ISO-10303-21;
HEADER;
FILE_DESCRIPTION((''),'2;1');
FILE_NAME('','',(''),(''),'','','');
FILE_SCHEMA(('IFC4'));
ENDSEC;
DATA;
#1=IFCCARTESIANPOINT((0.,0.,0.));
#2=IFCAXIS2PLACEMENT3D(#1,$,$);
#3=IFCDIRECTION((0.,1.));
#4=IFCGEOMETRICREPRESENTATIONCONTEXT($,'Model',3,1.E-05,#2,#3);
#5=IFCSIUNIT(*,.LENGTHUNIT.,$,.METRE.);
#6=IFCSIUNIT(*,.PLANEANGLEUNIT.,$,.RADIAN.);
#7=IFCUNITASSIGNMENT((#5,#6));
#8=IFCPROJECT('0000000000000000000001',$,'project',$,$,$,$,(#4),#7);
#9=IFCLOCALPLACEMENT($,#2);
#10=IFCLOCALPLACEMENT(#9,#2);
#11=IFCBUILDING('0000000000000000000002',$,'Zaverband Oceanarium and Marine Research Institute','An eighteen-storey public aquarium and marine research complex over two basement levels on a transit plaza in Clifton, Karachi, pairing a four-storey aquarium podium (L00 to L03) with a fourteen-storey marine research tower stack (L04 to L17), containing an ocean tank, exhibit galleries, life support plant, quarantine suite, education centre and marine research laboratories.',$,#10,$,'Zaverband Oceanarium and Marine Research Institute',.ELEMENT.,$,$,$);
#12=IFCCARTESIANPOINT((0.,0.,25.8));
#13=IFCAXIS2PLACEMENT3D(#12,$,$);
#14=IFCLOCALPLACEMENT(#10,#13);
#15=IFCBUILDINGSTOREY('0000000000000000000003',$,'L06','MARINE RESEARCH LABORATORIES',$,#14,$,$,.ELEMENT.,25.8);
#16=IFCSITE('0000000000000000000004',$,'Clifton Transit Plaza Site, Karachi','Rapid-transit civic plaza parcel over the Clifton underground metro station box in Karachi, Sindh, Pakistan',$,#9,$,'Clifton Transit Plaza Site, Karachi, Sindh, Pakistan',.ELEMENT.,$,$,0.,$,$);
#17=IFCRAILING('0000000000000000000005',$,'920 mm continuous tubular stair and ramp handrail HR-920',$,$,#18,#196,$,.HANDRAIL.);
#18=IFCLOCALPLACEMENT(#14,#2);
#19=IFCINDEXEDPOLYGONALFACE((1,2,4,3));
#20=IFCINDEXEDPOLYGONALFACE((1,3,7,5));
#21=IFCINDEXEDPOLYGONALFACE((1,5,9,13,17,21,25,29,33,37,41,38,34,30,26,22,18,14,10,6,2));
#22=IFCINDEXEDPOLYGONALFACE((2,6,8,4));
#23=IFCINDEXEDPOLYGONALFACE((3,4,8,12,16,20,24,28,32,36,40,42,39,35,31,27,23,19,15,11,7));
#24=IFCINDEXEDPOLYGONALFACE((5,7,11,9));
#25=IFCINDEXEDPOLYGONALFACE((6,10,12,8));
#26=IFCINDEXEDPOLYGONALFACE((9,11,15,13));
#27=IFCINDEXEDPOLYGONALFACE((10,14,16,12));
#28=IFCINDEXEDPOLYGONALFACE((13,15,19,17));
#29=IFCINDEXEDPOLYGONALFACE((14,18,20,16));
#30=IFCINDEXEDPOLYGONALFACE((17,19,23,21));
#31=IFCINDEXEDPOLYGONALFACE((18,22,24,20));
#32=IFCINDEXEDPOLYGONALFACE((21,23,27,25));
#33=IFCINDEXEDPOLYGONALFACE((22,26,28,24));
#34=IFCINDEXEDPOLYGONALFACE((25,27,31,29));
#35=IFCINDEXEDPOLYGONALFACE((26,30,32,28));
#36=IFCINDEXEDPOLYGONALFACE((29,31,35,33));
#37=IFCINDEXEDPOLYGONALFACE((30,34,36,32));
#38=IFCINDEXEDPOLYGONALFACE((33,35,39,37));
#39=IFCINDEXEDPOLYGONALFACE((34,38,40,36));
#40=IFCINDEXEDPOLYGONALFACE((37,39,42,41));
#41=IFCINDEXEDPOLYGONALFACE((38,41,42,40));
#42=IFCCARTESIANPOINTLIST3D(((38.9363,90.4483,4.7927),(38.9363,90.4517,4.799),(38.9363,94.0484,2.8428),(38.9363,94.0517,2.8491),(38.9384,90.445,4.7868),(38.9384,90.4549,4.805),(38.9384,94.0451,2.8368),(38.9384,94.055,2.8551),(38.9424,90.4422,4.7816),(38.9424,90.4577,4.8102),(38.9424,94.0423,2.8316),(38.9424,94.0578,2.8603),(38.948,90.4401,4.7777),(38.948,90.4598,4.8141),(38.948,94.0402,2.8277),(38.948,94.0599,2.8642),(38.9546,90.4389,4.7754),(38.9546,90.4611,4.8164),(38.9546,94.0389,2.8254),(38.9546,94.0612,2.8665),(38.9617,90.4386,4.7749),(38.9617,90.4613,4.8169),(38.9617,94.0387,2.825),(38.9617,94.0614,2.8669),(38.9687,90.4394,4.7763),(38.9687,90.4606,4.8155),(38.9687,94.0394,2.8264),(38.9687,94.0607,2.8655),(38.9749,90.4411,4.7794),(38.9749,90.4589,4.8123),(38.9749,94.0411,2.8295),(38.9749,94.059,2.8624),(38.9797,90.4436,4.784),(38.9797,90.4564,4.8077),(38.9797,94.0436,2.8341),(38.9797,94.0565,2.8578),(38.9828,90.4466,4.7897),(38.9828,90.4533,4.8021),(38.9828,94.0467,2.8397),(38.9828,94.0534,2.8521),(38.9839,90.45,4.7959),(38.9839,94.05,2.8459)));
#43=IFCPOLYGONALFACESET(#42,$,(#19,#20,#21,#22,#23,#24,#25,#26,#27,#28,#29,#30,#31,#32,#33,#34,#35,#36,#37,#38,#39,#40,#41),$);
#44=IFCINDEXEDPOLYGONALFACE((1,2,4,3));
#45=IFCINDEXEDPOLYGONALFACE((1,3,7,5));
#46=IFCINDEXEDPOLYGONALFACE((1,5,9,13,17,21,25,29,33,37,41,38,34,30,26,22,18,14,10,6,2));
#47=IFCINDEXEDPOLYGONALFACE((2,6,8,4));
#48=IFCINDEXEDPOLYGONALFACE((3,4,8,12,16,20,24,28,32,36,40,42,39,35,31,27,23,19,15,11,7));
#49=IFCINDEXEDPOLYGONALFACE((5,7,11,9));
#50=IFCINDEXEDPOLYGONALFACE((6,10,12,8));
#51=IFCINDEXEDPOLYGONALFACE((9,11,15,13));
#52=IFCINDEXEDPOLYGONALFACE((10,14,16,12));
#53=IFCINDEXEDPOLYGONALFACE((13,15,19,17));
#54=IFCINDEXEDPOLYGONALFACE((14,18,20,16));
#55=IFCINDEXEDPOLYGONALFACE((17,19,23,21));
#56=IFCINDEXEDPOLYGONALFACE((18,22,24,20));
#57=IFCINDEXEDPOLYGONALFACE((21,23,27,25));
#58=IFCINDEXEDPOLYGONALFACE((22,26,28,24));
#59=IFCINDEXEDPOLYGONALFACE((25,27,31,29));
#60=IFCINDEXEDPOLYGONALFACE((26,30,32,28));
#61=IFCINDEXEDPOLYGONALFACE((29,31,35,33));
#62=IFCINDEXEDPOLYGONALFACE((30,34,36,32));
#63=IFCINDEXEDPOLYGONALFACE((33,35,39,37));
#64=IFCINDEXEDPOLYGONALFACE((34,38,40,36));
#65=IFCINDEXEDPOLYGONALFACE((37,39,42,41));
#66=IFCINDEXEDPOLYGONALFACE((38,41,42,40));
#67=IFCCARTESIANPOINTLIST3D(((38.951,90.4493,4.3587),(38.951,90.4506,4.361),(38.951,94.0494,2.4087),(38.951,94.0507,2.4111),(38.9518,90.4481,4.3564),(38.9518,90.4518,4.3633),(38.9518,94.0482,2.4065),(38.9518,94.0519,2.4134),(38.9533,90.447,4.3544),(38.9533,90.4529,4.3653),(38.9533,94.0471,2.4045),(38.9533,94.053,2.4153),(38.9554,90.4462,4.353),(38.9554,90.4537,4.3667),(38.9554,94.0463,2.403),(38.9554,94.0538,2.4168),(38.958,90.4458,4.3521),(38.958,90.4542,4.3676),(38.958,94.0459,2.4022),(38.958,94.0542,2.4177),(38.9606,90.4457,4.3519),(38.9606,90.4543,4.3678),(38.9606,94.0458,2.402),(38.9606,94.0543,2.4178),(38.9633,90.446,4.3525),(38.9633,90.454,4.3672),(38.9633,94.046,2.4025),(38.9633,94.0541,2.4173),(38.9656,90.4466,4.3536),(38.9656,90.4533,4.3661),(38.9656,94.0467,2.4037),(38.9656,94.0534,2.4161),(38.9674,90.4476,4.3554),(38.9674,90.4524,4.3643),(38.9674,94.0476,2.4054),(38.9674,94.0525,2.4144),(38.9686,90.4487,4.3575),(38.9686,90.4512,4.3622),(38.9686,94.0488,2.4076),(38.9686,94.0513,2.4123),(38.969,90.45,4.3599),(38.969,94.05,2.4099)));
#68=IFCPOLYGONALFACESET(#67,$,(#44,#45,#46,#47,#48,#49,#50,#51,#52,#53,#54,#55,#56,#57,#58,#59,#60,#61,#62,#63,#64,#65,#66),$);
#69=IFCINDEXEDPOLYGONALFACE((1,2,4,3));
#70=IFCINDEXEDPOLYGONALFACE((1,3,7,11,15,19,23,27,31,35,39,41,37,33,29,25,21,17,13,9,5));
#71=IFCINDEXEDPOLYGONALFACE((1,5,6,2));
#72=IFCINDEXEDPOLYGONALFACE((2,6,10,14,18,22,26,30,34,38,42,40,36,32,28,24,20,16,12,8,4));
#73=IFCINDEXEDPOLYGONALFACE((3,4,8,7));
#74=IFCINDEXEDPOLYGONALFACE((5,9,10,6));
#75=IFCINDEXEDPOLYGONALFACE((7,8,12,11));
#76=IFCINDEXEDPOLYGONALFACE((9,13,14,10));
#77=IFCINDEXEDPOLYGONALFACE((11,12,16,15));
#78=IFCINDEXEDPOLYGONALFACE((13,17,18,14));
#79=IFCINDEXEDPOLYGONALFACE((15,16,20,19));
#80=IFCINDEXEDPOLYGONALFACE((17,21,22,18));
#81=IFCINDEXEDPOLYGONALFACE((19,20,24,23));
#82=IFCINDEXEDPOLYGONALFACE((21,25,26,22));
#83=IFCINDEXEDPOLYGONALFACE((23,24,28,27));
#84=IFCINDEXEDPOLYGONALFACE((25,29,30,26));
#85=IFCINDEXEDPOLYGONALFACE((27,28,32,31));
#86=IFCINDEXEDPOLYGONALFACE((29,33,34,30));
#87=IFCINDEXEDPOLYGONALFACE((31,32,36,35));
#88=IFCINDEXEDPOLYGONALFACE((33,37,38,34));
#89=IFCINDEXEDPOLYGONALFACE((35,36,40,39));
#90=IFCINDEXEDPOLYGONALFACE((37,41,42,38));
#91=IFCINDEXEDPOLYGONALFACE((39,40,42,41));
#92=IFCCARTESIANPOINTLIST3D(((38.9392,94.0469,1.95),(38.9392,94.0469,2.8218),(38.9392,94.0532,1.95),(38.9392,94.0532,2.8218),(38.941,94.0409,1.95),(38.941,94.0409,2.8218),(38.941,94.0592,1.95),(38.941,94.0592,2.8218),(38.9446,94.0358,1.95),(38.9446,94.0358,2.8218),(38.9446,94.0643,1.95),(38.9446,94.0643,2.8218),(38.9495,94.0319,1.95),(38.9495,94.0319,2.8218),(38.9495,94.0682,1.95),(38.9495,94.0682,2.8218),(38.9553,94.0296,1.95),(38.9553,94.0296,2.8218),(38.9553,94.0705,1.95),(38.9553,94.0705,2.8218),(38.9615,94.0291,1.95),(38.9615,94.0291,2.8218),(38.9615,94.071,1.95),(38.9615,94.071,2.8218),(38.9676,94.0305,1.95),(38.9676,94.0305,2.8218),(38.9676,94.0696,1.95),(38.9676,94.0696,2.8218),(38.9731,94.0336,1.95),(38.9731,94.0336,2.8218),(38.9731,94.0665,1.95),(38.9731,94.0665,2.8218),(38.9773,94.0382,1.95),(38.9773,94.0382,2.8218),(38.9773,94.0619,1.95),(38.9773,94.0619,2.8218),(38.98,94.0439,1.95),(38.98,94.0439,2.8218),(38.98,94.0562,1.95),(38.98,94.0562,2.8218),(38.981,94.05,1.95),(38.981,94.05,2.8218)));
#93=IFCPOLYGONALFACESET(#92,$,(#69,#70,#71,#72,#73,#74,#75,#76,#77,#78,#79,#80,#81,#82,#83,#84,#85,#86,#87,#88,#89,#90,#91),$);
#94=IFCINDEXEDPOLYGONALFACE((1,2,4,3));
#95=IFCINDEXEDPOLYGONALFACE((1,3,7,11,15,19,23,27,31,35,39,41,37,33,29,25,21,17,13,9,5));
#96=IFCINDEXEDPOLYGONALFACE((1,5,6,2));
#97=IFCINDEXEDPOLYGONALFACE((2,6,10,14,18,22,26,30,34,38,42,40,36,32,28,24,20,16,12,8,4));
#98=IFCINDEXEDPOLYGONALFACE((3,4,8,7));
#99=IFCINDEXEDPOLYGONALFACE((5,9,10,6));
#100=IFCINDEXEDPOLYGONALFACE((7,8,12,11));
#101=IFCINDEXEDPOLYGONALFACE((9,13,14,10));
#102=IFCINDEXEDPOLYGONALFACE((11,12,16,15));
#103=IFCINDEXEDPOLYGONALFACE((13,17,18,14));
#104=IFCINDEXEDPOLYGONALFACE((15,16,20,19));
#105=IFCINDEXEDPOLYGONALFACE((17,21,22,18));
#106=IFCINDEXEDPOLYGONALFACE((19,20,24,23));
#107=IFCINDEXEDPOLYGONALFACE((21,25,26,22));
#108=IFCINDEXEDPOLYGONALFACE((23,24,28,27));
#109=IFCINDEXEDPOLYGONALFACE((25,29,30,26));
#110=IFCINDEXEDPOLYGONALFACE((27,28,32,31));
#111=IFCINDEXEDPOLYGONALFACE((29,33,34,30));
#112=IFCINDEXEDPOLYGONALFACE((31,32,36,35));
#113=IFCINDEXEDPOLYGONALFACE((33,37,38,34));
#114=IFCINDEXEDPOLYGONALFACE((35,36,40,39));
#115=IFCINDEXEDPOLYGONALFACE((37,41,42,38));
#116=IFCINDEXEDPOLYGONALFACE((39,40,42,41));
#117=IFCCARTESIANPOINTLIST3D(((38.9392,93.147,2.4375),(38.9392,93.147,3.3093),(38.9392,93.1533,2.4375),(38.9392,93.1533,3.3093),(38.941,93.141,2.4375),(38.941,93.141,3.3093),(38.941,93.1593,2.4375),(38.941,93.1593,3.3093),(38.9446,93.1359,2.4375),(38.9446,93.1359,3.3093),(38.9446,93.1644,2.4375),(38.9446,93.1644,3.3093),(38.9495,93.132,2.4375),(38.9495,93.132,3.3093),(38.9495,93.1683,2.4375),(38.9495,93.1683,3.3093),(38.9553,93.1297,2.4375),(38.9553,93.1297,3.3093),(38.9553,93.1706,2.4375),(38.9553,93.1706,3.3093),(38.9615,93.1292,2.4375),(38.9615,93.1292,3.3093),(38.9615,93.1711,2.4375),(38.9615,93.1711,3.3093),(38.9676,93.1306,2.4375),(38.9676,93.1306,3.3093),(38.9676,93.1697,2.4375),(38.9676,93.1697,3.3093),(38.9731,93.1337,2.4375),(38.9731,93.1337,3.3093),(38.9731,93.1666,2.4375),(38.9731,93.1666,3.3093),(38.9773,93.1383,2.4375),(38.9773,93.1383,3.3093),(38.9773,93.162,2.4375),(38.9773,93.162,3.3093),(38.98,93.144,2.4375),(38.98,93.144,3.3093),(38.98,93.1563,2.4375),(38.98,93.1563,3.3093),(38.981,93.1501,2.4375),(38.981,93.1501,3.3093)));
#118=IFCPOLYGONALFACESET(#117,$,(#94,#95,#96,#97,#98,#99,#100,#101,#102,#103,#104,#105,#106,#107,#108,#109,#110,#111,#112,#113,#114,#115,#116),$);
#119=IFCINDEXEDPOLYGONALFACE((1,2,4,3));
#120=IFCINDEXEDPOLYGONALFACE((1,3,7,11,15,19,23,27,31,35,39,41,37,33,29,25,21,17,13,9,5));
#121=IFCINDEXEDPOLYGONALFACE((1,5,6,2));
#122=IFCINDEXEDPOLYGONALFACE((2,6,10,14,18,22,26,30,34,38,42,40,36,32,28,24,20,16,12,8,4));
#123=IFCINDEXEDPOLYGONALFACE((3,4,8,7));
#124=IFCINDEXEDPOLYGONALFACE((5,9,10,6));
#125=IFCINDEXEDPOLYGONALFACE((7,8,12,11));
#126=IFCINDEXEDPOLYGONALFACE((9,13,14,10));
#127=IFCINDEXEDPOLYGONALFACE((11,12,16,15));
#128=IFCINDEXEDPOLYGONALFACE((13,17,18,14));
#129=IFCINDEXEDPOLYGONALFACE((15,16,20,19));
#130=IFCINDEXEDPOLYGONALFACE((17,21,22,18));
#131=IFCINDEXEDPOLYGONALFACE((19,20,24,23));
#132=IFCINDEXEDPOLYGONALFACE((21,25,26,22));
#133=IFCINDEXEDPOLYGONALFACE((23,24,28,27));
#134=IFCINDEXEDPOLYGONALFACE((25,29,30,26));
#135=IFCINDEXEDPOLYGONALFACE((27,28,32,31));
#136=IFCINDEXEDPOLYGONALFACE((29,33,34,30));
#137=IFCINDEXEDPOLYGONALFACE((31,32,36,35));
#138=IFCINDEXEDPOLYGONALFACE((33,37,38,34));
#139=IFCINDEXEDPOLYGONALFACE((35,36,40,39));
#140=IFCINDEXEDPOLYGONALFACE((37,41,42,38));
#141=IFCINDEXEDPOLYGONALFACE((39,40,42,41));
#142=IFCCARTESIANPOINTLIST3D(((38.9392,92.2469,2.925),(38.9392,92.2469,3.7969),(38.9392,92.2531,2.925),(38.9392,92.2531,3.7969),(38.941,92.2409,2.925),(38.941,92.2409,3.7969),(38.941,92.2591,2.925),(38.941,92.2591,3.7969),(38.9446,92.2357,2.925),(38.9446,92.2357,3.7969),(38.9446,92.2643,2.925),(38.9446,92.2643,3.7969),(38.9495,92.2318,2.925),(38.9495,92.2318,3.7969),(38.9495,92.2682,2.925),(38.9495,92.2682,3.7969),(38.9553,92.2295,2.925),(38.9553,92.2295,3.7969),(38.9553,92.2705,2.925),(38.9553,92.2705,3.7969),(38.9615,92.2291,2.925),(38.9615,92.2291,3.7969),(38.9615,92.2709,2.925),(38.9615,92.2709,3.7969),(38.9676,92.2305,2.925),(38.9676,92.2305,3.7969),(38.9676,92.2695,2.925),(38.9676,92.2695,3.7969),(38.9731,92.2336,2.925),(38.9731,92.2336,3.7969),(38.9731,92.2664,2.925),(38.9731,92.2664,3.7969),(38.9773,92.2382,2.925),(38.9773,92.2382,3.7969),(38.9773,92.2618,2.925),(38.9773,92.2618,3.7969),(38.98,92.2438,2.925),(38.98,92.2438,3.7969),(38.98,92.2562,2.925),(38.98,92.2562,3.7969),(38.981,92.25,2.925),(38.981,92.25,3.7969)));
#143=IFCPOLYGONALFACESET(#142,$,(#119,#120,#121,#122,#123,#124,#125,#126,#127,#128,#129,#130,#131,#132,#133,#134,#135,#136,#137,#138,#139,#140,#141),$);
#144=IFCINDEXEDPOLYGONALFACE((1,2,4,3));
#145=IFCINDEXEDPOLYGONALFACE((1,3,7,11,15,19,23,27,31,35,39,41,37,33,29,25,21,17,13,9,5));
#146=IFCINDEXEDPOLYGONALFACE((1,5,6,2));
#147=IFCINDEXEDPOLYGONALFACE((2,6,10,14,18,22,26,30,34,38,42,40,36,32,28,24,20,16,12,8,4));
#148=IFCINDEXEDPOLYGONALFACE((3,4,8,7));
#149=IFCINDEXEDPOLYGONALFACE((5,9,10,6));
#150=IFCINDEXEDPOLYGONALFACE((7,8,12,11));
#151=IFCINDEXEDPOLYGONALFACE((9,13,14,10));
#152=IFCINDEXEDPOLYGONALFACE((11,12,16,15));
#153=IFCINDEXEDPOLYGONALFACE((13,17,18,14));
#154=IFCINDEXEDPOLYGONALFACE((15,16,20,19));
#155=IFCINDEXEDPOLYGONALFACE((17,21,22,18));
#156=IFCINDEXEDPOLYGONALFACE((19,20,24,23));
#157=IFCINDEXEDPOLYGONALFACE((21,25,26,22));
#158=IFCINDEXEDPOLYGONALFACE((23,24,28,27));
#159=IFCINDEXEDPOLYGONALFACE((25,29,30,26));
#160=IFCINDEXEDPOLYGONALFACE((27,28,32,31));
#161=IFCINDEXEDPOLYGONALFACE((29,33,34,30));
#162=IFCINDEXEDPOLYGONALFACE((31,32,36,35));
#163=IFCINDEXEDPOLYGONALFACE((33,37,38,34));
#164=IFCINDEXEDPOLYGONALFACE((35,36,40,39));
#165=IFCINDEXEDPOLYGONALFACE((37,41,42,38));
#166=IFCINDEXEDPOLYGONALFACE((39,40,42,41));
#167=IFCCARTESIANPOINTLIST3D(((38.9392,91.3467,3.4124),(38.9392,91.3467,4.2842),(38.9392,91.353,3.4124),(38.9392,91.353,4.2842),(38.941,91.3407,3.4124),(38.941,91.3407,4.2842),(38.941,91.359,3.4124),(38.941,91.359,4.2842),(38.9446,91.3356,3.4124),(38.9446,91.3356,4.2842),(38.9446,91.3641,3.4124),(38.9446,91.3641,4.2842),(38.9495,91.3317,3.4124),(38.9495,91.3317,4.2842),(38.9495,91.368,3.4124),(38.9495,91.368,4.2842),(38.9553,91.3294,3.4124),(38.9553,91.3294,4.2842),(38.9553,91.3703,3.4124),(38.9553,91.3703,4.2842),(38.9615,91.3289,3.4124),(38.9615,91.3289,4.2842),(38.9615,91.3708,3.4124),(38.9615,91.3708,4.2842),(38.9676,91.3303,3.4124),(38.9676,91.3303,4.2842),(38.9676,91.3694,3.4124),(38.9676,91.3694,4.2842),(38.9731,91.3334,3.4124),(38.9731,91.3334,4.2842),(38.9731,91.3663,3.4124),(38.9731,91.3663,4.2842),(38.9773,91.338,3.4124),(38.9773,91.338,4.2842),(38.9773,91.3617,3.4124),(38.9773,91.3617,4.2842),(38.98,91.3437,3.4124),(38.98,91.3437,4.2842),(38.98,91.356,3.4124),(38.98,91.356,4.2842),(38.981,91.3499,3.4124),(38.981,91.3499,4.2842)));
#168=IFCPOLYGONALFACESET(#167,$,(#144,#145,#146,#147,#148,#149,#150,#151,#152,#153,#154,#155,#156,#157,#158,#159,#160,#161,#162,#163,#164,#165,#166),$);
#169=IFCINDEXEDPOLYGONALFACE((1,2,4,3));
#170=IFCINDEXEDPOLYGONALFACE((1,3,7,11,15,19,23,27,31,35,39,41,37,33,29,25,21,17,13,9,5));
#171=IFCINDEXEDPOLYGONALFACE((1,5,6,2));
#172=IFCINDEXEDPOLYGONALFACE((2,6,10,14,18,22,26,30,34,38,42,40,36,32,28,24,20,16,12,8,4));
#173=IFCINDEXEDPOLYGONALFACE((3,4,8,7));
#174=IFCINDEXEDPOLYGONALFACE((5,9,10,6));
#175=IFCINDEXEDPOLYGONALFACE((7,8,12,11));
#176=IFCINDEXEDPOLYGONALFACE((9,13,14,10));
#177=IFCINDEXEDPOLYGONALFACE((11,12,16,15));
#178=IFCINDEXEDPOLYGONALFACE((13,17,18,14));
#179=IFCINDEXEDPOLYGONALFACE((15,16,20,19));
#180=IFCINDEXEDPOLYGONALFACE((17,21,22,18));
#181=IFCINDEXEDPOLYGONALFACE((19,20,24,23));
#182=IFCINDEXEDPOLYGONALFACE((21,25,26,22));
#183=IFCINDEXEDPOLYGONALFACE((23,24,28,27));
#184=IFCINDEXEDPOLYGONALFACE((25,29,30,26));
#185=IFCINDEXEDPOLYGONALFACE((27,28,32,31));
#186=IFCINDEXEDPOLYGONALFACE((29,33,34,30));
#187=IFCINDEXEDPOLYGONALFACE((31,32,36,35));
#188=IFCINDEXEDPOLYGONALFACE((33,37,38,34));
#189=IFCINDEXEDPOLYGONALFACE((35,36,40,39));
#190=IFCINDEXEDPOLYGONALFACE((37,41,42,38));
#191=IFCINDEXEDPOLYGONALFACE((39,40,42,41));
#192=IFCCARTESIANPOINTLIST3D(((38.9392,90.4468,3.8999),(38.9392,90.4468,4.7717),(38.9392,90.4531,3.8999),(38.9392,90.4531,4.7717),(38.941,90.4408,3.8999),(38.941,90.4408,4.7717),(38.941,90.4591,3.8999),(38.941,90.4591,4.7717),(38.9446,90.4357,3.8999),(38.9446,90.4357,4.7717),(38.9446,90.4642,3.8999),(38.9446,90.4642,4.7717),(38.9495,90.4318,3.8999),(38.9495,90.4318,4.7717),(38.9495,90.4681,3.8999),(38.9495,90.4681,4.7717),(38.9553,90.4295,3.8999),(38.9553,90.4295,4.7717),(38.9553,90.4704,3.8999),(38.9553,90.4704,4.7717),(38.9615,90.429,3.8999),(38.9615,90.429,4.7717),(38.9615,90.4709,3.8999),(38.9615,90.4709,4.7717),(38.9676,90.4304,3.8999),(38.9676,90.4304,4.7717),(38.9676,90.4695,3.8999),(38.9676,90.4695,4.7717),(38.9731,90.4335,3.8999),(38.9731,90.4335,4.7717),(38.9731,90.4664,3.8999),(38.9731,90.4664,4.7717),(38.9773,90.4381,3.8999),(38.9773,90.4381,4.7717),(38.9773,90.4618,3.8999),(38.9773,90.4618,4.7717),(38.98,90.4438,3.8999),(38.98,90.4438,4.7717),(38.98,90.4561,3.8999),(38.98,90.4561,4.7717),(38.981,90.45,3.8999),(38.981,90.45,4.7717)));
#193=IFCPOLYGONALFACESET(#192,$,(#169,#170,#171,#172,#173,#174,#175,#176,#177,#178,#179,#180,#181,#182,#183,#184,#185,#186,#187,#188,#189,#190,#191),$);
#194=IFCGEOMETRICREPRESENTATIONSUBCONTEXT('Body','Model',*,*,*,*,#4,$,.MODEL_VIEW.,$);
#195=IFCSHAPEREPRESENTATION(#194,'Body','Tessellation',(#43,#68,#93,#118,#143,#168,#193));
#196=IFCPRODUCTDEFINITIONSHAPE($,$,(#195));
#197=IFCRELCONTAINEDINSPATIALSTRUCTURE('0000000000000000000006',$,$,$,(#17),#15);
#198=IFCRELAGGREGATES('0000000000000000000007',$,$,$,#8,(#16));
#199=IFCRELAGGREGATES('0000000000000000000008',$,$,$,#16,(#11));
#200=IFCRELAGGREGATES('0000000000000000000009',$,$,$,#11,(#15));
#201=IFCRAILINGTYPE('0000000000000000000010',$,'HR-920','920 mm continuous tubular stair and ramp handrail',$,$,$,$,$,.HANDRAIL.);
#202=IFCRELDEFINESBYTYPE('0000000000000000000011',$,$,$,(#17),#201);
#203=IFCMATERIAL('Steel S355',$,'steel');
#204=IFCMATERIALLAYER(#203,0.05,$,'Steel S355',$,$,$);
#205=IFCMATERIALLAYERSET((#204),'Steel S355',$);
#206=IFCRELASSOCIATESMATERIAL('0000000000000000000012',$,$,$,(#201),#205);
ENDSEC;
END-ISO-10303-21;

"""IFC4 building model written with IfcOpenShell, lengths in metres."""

from ifc_helpers import new_model, si_unit, direction, frame, origin, origin_2d, place, context, subcontext, project, spatial, circle, extrude, material, layer, layer_set, type_object, element, save


model = new_model("IFC4")

# Units and contexts
model_context = context("Model", 3, precision=1e-05, world=origin(), true_north=direction((0.0, 1.0)))
body_context = subcontext(model_context, "Body", "Model", "MODEL_VIEW")
ifc_project = project(units=[si_unit("LENGTHUNIT", "METRE"), si_unit("PLANEANGLEUNIT", "RADIAN")], contexts=[model_context])

# Site, building, storey
site_placement = place(None, origin())
site = spatial("IfcSite", under=ifc_project, at=site_placement, Name="Clifton Transit Plaza Site, Karachi", Description="Rapid-transit civic plaza parcel over the Clifton underground metro station box in Karachi, Sindh, Pakistan", LongName="Clifton Transit Plaza Site, Karachi, Sindh, Pakistan", CompositionType="ELEMENT", RefElevation=0.0)
building_placement = place(site_placement, origin())
building = spatial("IfcBuilding", under=site, at=building_placement, Name="Zaverband Oceanarium and Marine Research Institute", Description="An eighteen-storey public aquarium and marine research complex over two basement levels on a transit plaza in Clifton, Karachi, pairing a four-storey aquarium podium (L00 to L03) with a fourteen-storey marine research tower stack (L04 to L17), containing an ocean tank, exhibit galleries, life support plant, quarantine suite, education centre and marine research laboratories.", LongName="Zaverband Oceanarium and Marine Research Institute", CompositionType="ELEMENT")
storey_placement = place(building_placement, frame((0.0, 0.0, 25.8)))
storey = spatial("IfcBuildingStorey", under=building, at=storey_placement, Name="L06", Description="MARINE RESEARCH LABORATORIES", CompositionType="ELEMENT", Elevation=25.8)

# Shared definitions
ifc_material_1 = material(Name="Steel S355", Category="steel")

# Railing
ifc_layer_1 = layer(ifc_material_1, 0.05, Name="Steel S355")
ifc_layer_set_1 = layer_set([ifc_layer_1], Name="Steel S355")
railing_type_1 = type_object("IfcRailingType", Name="HR-920", Description="920 mm continuous tubular stair and ramp handrail", PredefinedType="HANDRAIL", material=ifc_layer_set_1)
railing_1_placement = place(storey_placement, frame((38.96, 94.05, 1.95)))
element("IfcRailing", 1, at=railing_1_placement, inside=storey, type_object=railing_type_1, Name="920 mm continuous tubular stair and ramp handrail HR-920", PredefinedType="HANDRAIL", context=body_context, shape_type="SweptSolid", body=[
    extrude(circle(Radius=0.0239, at=origin_2d()), frame((0.0, 0.0, 0.896), z_axis=(0.0, -0.879302, 0.476264), x_axis=(1.0, 0.0, 0.0)), (0.0, 0.0, 1.0), 4.0942),
    extrude(circle(Radius=0.009, at=origin_2d()), frame((0.0, 0.0, 0.46), z_axis=(0.0, -0.879302, 0.476264), x_axis=(1.0, 0.0, 0.0)), (0.0, 0.0, 1.0), 4.0942),
    extrude(circle(Radius=0.021, at=origin_2d()), origin(), (0.0, 0.0, 1.0), 0.8718),
    extrude(circle(Radius=0.021, at=origin_2d()), frame((0.0, -0.8999, 0.4875)), (0.0, 0.0, 1.0), 0.8718),
    extrude(circle(Radius=0.021, at=origin_2d()), frame((0.0, -1.8, 0.9751)), (0.0, 0.0, 1.0), 0.8718),
    extrude(circle(Radius=0.021, at=origin_2d()), frame((0.0, -2.7002, 1.4624)), (0.0, 0.0, 1.0), 0.8718),
    extrude(circle(Radius=0.021, at=origin_2d()), frame((0.0, -3.6001, 1.95)), (0.0, 0.0, 1.0), 0.8718),
])

save(model, "model.ifc")
